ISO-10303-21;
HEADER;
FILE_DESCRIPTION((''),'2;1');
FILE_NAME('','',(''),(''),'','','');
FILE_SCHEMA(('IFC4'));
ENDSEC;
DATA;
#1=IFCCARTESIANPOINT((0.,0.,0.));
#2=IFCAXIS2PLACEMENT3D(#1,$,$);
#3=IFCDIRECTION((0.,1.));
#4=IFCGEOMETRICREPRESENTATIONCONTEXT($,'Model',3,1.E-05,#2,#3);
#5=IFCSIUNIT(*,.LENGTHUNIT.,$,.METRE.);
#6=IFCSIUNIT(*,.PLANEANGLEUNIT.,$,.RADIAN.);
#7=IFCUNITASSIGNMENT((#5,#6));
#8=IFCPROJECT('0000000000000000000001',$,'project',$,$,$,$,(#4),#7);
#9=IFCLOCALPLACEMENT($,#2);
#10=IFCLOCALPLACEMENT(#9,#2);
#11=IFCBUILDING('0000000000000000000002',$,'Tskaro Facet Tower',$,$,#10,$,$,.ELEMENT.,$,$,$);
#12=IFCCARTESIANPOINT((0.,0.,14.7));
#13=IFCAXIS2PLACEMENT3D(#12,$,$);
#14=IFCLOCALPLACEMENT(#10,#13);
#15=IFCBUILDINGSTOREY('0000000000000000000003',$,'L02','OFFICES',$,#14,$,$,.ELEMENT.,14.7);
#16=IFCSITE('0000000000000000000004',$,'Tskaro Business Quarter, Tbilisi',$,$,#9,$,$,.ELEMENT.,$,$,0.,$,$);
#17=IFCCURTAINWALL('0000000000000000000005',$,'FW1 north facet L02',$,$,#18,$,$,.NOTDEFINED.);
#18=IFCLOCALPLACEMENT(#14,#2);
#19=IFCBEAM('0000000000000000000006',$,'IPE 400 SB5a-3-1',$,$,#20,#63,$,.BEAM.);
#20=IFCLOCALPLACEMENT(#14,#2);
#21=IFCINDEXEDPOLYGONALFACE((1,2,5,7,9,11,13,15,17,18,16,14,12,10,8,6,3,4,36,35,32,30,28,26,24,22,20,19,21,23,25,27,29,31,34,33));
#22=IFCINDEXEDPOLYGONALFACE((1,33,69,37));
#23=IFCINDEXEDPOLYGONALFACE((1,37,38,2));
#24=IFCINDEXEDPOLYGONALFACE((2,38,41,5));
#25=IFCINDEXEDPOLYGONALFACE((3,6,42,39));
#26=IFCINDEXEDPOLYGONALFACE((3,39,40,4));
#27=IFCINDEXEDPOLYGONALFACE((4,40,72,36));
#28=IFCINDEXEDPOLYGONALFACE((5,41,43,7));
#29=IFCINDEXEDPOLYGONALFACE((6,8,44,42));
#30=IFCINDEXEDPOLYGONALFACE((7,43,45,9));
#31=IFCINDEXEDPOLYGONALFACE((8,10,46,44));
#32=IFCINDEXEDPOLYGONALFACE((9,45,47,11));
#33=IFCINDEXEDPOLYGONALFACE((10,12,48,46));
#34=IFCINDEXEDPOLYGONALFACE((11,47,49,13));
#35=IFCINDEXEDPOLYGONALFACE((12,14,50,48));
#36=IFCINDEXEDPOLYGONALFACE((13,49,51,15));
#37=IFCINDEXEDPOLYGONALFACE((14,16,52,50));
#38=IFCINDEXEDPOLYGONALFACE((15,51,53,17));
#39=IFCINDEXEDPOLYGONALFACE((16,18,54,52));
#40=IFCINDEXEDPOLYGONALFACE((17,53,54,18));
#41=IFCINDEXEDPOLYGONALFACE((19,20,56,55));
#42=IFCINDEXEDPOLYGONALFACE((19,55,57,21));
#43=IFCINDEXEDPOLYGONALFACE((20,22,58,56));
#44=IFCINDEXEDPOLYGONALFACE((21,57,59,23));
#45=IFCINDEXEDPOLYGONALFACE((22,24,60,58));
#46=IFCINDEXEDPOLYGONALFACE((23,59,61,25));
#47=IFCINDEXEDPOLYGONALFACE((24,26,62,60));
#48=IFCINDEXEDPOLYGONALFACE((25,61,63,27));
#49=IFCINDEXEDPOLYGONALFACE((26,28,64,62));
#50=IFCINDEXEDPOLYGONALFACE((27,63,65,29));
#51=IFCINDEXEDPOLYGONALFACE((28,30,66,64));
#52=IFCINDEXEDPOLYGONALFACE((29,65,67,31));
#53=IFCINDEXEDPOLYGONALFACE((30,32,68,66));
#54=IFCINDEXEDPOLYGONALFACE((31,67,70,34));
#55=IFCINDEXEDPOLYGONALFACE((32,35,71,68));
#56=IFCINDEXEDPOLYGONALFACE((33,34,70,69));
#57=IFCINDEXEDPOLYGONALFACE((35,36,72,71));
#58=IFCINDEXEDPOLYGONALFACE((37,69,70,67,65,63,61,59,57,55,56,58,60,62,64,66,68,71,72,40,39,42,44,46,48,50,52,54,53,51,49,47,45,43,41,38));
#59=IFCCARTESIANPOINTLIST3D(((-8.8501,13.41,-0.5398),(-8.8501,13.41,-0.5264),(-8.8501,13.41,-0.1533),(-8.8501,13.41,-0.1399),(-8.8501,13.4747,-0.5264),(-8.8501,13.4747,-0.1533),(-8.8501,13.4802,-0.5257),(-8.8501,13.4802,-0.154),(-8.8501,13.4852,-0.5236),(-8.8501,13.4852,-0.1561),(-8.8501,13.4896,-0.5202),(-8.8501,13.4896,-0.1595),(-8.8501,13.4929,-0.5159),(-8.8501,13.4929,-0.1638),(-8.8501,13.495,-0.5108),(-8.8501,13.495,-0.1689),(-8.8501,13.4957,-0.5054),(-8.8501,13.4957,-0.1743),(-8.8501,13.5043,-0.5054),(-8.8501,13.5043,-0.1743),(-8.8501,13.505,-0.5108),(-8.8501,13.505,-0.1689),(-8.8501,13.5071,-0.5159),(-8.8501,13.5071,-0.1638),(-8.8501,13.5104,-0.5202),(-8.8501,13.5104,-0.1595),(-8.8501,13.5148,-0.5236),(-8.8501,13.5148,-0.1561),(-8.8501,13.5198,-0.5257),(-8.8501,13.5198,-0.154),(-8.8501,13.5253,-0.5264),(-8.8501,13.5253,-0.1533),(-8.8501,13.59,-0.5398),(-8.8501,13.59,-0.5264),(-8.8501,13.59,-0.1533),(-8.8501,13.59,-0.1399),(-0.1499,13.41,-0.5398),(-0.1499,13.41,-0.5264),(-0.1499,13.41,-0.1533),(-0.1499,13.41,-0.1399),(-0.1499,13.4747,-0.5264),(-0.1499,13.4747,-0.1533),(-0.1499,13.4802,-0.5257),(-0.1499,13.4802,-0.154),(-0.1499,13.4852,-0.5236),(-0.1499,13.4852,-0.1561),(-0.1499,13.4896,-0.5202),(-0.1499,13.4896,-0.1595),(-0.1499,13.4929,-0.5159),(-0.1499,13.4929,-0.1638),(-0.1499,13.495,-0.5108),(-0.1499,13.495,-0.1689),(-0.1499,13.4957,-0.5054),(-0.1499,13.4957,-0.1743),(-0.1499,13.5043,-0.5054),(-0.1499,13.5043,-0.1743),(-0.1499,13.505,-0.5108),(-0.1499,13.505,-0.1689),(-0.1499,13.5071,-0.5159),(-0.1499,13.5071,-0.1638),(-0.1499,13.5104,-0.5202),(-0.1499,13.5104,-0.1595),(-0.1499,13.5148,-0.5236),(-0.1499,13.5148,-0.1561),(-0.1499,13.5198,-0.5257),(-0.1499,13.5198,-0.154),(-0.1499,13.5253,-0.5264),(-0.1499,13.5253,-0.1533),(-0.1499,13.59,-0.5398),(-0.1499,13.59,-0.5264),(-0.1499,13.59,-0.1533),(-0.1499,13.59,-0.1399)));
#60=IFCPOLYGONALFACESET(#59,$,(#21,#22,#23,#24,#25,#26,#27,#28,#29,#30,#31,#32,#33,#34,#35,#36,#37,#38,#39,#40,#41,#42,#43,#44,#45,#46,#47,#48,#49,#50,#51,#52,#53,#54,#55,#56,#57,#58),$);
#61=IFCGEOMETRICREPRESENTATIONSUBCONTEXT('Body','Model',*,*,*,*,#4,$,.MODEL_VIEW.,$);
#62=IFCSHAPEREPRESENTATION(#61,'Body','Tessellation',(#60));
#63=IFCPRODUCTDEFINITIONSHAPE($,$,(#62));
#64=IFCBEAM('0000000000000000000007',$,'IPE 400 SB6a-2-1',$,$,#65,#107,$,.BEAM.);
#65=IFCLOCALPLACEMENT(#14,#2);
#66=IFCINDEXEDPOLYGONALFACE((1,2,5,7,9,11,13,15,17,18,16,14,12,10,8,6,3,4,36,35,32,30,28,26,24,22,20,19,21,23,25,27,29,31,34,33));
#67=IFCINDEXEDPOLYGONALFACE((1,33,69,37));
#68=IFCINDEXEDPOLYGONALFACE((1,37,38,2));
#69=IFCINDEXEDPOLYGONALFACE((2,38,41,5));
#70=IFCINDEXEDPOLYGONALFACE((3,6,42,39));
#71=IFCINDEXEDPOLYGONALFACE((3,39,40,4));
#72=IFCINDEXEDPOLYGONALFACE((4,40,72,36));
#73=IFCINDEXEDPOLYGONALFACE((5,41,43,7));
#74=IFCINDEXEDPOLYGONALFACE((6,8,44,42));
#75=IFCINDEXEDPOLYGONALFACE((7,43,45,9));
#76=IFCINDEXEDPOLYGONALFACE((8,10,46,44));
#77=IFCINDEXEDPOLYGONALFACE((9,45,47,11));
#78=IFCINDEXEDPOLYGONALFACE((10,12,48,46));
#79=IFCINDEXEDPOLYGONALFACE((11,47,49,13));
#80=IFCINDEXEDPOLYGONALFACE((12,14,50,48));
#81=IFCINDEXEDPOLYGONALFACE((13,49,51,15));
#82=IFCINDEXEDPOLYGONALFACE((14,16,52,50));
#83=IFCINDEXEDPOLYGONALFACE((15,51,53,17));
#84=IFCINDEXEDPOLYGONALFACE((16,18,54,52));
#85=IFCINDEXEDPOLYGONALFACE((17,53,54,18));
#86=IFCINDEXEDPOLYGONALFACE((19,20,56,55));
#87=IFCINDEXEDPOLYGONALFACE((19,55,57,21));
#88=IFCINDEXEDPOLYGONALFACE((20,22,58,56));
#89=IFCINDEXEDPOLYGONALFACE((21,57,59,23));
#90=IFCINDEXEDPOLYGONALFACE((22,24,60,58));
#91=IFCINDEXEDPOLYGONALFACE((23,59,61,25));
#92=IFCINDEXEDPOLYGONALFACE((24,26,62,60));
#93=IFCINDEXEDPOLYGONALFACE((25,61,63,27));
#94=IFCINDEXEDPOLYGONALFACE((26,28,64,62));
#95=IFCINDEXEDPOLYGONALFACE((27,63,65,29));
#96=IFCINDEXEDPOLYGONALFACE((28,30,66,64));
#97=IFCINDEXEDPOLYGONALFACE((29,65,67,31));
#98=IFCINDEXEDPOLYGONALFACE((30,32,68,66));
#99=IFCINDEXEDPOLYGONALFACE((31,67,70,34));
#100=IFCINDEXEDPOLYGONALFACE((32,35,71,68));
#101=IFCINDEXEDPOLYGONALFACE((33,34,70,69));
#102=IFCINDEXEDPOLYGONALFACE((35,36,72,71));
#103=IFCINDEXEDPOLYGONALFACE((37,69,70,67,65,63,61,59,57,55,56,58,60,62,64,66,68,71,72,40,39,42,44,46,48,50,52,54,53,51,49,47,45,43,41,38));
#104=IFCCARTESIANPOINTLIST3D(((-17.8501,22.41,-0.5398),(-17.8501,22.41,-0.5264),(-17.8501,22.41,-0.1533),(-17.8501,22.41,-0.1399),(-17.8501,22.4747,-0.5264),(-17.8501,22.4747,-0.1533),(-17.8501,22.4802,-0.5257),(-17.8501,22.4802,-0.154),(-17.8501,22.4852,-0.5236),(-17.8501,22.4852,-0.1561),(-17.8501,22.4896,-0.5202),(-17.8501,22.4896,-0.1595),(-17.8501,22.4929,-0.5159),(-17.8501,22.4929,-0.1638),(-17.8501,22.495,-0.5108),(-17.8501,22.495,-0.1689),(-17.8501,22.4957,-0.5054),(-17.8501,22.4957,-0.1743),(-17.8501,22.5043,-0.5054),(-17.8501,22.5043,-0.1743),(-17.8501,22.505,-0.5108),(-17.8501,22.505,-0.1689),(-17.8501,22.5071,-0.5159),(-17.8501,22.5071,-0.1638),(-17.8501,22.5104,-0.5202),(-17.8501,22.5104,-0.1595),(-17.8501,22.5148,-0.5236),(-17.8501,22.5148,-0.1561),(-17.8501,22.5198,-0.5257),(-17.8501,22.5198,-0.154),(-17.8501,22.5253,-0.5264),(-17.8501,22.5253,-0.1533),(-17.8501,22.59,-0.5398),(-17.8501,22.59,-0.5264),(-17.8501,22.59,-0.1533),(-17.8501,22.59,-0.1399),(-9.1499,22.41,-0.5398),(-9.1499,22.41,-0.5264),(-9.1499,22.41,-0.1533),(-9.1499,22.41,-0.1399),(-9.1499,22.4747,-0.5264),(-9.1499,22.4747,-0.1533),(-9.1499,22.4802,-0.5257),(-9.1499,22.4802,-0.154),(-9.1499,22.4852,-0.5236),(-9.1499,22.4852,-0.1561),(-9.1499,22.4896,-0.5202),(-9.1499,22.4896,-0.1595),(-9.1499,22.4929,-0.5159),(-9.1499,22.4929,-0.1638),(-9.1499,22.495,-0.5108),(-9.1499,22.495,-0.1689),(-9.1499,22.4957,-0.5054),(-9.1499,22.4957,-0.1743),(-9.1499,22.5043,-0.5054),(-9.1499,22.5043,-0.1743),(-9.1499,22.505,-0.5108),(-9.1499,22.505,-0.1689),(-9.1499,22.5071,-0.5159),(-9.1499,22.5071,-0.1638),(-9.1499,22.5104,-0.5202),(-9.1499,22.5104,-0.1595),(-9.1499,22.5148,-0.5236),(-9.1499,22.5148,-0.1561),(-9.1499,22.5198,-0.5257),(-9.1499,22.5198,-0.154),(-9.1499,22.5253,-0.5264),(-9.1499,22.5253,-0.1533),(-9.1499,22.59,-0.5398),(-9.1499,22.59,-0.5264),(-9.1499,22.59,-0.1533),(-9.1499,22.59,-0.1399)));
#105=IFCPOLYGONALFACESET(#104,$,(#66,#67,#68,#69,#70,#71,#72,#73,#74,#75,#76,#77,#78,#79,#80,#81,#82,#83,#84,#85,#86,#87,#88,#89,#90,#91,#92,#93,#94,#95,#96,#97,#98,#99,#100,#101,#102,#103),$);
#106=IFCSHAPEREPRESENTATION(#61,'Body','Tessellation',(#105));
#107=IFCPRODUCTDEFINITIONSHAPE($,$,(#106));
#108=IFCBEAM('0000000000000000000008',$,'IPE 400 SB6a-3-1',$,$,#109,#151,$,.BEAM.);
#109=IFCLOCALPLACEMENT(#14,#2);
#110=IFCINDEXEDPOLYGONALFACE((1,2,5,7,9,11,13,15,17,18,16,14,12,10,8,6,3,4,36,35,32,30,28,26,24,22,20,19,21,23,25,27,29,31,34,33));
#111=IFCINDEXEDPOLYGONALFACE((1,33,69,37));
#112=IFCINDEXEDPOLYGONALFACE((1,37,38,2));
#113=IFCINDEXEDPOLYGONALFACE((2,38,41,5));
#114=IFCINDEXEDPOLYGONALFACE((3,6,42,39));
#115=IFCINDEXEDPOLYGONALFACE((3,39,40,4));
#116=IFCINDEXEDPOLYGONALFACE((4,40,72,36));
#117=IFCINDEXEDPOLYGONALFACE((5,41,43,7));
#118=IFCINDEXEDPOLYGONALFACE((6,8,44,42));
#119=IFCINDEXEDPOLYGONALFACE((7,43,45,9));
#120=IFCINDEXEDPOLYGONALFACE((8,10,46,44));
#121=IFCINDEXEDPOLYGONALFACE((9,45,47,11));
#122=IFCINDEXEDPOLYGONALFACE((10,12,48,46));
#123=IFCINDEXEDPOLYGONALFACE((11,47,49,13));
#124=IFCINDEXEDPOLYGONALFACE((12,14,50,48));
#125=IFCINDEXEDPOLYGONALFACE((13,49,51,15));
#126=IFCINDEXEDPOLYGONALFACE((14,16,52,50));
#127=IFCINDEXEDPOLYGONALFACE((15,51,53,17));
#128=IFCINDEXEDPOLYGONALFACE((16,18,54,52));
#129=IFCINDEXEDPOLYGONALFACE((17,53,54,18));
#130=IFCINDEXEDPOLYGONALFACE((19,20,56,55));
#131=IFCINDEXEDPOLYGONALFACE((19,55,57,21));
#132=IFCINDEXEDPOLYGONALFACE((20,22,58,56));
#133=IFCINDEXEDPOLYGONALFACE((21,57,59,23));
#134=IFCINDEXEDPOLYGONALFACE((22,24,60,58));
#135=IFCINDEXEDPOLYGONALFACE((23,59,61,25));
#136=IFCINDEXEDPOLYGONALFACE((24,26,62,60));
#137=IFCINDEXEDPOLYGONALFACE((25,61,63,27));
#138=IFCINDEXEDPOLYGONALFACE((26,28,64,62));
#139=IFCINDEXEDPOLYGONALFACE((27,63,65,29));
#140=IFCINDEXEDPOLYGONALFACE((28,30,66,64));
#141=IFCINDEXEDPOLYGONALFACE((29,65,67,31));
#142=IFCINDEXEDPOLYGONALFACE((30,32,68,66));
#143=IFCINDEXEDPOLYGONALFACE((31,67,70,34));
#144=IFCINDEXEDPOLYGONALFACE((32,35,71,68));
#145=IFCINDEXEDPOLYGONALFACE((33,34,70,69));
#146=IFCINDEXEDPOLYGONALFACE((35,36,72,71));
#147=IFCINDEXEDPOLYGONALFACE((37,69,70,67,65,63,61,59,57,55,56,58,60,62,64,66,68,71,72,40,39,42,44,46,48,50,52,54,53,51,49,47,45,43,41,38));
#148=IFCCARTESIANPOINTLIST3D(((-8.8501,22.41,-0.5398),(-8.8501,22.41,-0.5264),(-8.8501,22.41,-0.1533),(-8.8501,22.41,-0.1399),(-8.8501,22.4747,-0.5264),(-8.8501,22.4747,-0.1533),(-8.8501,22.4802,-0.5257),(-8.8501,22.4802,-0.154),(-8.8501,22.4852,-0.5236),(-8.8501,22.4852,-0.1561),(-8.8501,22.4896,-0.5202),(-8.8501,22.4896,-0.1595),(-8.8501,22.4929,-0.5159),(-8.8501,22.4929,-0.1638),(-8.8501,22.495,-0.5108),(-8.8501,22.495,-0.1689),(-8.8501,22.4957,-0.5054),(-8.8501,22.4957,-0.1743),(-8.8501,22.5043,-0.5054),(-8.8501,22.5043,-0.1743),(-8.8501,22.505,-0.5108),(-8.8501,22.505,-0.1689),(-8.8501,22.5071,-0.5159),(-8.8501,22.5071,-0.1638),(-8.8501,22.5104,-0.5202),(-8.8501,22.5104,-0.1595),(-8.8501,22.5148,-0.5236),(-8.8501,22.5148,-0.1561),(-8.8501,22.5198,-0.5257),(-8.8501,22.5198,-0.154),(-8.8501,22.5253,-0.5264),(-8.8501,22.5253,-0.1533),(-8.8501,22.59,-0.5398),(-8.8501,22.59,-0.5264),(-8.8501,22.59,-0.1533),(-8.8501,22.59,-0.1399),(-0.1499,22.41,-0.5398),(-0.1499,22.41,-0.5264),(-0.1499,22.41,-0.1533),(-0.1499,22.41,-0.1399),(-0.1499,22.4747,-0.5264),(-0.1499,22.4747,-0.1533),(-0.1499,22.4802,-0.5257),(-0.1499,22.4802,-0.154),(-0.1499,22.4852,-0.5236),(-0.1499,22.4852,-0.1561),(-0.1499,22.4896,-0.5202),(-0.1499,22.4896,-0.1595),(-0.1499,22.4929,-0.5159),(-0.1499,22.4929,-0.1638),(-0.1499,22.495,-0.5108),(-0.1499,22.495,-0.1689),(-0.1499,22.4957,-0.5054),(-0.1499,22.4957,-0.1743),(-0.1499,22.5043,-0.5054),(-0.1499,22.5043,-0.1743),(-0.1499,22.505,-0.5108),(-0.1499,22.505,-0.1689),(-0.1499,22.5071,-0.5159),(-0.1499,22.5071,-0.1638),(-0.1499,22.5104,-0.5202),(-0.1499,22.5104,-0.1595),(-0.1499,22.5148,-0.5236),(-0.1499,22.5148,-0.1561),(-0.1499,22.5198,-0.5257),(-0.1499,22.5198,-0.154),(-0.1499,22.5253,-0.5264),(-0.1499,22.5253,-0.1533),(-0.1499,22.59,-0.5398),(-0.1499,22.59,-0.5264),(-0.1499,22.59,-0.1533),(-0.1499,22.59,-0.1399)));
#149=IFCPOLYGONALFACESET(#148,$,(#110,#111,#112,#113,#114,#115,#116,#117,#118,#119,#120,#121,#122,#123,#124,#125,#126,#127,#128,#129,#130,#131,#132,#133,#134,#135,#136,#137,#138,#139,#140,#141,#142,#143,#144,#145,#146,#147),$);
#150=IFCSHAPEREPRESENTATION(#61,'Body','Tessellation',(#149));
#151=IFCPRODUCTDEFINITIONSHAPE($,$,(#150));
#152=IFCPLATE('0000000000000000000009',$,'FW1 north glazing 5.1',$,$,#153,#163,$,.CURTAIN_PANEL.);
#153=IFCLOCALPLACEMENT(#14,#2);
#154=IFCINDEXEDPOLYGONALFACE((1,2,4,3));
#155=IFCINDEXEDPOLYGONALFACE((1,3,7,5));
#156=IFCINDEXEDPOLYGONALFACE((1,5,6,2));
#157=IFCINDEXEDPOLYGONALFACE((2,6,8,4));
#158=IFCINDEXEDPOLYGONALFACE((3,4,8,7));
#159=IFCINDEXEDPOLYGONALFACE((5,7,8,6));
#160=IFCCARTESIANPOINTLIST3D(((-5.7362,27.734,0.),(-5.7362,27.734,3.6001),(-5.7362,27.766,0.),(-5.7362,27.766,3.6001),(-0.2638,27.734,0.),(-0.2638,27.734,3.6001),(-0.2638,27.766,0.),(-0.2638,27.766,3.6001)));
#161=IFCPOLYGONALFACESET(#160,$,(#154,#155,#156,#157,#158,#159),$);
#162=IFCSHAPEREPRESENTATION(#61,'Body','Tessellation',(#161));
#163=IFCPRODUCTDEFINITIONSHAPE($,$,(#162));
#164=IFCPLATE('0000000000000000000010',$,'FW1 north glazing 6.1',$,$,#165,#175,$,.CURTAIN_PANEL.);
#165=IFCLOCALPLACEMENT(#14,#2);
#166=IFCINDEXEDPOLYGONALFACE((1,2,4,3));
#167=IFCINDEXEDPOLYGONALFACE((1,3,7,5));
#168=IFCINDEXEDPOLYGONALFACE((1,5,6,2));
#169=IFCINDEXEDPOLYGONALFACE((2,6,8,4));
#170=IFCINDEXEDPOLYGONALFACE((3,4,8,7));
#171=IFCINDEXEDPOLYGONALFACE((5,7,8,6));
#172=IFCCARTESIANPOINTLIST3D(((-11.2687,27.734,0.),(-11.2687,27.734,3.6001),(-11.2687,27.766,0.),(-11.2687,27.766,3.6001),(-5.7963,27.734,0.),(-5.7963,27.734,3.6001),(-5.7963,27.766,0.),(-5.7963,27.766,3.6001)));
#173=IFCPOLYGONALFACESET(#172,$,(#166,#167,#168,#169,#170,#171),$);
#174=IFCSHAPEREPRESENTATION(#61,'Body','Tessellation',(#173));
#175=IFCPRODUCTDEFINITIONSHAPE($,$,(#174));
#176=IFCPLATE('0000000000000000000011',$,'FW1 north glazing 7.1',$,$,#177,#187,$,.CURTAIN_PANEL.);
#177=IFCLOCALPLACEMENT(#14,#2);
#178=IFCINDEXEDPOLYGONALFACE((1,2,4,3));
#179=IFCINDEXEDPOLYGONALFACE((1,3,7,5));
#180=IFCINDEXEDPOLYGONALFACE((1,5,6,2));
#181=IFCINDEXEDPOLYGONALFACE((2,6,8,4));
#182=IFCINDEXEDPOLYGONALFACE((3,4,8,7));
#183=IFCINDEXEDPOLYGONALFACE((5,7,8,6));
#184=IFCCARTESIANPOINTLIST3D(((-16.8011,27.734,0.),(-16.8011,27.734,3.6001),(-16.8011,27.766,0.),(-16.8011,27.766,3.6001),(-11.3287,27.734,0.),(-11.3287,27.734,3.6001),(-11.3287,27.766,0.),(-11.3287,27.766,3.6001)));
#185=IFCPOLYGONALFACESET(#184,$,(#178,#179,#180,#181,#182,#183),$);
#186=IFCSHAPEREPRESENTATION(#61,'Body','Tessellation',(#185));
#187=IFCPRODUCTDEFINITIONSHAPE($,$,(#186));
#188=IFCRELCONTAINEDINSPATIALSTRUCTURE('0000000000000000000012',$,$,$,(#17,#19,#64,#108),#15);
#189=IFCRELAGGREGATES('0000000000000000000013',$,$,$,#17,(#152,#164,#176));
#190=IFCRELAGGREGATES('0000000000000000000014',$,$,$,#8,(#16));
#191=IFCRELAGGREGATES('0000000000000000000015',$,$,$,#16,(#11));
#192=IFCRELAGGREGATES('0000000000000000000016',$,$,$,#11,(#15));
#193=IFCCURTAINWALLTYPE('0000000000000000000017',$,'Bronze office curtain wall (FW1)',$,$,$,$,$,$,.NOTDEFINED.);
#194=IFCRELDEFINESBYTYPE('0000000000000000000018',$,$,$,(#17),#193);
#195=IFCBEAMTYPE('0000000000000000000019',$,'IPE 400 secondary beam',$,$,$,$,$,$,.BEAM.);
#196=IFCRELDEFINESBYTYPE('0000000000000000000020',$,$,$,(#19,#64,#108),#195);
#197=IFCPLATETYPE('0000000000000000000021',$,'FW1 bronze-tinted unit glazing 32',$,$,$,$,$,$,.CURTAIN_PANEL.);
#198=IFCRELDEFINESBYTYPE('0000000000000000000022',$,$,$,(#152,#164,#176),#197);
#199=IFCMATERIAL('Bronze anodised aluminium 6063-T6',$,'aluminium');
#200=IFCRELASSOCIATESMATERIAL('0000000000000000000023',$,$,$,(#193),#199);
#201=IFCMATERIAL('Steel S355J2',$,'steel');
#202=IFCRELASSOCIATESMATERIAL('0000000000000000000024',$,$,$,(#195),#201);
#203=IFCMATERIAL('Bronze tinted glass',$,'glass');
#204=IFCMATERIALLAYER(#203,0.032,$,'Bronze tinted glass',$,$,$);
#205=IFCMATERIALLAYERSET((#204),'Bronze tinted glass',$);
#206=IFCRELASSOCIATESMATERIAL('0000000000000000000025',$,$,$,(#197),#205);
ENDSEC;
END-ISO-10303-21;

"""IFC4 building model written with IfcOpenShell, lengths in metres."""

from ifc_helpers import new_model, si_unit, direction, frame, origin, origin_2d, place, context, subcontext, project, spatial, rectangle, i_section, extrude, material, layer, layer_set, material_profile, profile_set, type_object, element, aggregate, save


model = new_model("IFC4")

# Units and contexts
model_context = context("Model", 3, precision=1e-05, world=origin(), true_north=direction((0.0, 1.0)))
body_context = subcontext(model_context, "Body", "Model", "MODEL_VIEW")
ifc_project = project(units=[si_unit("LENGTHUNIT", "METRE"), si_unit("PLANEANGLEUNIT", "RADIAN")], contexts=[model_context])

# Site, building, storey
site_placement = place(None, origin())
site = spatial("IfcSite", under=ifc_project, at=site_placement, Name="Tskaro Business Quarter, Tbilisi", CompositionType="ELEMENT", RefElevation=0.0)
building_placement = place(site_placement, origin())
building = spatial("IfcBuilding", under=site, at=building_placement, Name="Tskaro Facet Tower", CompositionType="ELEMENT")
storey_placement = place(building_placement, frame((0.0, 0.0, 14.7)))
storey = spatial("IfcBuildingStorey", under=building, at=storey_placement, Name="L02", Description="OFFICES", CompositionType="ELEMENT", Elevation=14.7)

# Curtain wall
ifc_material_1 = material(Name="Bronze anodised aluminium 6063-T6", Category="aluminium")
curtain_wall_type = type_object("IfcCurtainWallType", Name="Bronze office curtain wall (FW1)", PredefinedType="NOTDEFINED", material=ifc_material_1)
curtain_wall_placement = place(storey_placement, origin())
curtain_wall = element("IfcCurtainWall", 1, at=curtain_wall_placement, inside=storey, type_object=curtain_wall_type, Name="FW1 north facet L02", PredefinedType="NOTDEFINED")

# Beams
ifc_material_2 = material(Name="Steel S355J2", Category="steel")
ifc_material_profile_1 = material_profile(ifc_material_2, i_section(OverallWidth=0.1799, OverallDepth=0.3999, WebThickness=0.0085, FlangeThickness=0.0134, FilletRadius=0.021, at=origin_2d()), Name="IPE 400")
ifc_profile_set_1 = profile_set([ifc_material_profile_1], Name="Steel S355J2")
beam_type_1 = type_object("IfcBeamType", Name="IPE 400 secondary beam", PredefinedType="BEAM", material=ifc_profile_set_1)
for number, where, z_axis, x_axis, name in (
    (2, (-8.8501, 13.5, -0.3398), (1.0, 0.0, 0.0), (0.0, 1.0, 0.0), "IPE 400 SB5a-3-1"),
    (3, (-17.8501, 22.5, -0.3398), (1.0, 0.0, 0.0), (0.0, 1.0, 0.0), "IPE 400 SB6a-2-1"),
    (4, (-8.8501, 22.5, -0.3398), (1.0, 0.0, 0.0), (0.0, 1.0, 0.0), "IPE 400 SB6a-3-1"),
):
    element("IfcBeam", number, at=place(storey_placement, frame(where, z_axis=z_axis, x_axis=x_axis)), inside=storey, type_object=beam_type_1, Name=name, PredefinedType="BEAM", context=body_context, shape_type="SweptSolid", body=[
        extrude(i_section(OverallWidth=0.1799, OverallDepth=0.3999, WebThickness=0.0085, FlangeThickness=0.0134, FilletRadius=0.021, at=origin_2d()), origin(), (0.0, 0.0, 1.0), 8.7002),
    ])

# Plates
ifc_material_3 = material(Name="Bronze tinted glass", Category="glass")
ifc_layer_1 = layer(ifc_material_3, 0.032, Name="Bronze tinted glass")
ifc_layer_set_1 = layer_set([ifc_layer_1], Name="Bronze tinted glass")
plate_type = type_object("IfcPlateType", Name="FW1 bronze-tinted unit glazing 32", PredefinedType="CURTAIN_PANEL", material=ifc_layer_set_1)
plate_1_placement = place(storey_placement, frame((-3.0, 27.75, 0.0), z_axis=(0.0, 0.0, 1.0), x_axis=(-1.0, 0.0, 0.0)))
plate_1 = element("IfcPlate", 5, at=plate_1_placement, type_object=plate_type, Name="FW1 north glazing 5.1", PredefinedType="CURTAIN_PANEL", context=body_context, shape_type="SweptSolid", body=[
    extrude(rectangle(XDim=5.4724, YDim=0.032, at=origin_2d()), origin(), (0.0, 0.0, 1.0), 3.6001),
])
plate_2_placement = place(storey_placement, frame((-8.5325, 27.75, 0.0), z_axis=(0.0, 0.0, 1.0), x_axis=(-1.0, 0.0, 0.0)))
plate_2 = element("IfcPlate", 6, at=plate_2_placement, type_object=plate_type, Name="FW1 north glazing 6.1", PredefinedType="CURTAIN_PANEL", context=body_context, shape_type="SweptSolid", body=[
    extrude(rectangle(XDim=5.4724, YDim=0.032, at=origin_2d()), origin(), (0.0, 0.0, 1.0), 3.6001),
])
plate_3_placement = place(storey_placement, frame((-14.0649, 27.75, 0.0), z_axis=(0.0, 0.0, 1.0), x_axis=(-1.0, 0.0, 0.0)))
plate_3 = element("IfcPlate", 7, at=plate_3_placement, type_object=plate_type, Name="FW1 north glazing 7.1", PredefinedType="CURTAIN_PANEL", context=body_context, shape_type="SweptSolid", body=[
    extrude(rectangle(XDim=5.4724, YDim=0.032, at=origin_2d()), origin(), (0.0, 0.0, 1.0), 3.6001),
])
aggregate(curtain_wall, [plate_1, plate_2, plate_3])

save(model, "model.ifc")
